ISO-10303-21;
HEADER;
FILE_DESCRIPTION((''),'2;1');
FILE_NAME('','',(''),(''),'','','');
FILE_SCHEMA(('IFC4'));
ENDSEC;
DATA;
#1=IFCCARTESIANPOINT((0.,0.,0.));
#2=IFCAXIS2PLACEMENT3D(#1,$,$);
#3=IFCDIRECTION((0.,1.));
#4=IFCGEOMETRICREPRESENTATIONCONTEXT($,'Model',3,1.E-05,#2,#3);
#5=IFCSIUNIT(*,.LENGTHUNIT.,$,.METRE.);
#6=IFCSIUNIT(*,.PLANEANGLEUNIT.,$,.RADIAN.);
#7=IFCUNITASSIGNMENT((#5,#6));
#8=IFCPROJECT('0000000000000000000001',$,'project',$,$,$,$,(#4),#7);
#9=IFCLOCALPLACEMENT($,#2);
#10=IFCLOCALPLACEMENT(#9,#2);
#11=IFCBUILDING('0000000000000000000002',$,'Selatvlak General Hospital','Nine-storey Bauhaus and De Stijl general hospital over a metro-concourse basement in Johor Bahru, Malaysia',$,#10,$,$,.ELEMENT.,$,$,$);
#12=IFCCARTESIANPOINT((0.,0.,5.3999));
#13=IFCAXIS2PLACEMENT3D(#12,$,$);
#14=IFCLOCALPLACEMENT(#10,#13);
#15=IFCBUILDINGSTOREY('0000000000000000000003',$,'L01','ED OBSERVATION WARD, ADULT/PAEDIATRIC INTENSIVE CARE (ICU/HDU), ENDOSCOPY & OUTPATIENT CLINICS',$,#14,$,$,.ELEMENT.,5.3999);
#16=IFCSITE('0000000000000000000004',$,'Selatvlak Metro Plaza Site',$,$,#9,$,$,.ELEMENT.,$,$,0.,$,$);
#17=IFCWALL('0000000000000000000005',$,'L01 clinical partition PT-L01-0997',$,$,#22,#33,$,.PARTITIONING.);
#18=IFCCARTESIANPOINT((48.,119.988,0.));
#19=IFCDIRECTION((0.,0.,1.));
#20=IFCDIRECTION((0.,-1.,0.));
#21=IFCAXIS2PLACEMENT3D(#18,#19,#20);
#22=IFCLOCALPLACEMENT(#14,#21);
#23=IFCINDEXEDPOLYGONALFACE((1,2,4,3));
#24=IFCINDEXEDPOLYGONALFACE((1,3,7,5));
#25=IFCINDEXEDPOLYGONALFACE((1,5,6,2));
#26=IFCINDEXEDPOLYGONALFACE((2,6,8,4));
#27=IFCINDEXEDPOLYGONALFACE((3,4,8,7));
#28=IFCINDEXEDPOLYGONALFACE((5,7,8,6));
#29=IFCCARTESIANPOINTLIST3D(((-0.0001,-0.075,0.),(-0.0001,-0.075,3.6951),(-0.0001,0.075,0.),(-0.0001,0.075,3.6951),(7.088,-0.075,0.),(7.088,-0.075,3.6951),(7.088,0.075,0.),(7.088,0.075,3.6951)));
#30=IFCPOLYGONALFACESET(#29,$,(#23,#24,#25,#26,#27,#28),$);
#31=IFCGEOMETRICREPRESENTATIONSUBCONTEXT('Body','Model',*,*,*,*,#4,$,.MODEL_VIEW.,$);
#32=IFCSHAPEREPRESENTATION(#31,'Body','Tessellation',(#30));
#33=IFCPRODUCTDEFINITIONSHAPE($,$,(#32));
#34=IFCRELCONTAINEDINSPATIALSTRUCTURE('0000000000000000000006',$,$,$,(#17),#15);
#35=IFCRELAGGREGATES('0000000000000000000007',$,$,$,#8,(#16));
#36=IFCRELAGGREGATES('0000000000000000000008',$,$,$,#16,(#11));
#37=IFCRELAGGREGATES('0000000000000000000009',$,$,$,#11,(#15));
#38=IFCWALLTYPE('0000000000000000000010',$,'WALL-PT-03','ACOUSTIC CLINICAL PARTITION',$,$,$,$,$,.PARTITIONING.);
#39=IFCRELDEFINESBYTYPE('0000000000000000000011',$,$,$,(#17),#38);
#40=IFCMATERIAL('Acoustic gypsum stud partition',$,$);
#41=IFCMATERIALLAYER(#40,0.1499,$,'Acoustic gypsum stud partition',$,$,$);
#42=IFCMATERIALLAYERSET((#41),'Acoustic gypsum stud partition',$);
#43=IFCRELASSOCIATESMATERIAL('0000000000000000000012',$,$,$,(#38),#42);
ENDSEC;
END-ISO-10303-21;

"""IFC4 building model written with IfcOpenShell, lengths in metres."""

from ifc_helpers import new_model, si_unit, direction, frame, frame_2d, origin, place, context, subcontext, project, spatial, rectangle, extrude, material, layer, layer_set, type_object, element, save


model = new_model("IFC4")

# Units and contexts
model_context = context("Model", 3, precision=1e-05, world=origin(), true_north=direction((0.0, 1.0)))
body_context = subcontext(model_context, "Body", "Model", "MODEL_VIEW")
ifc_project = project(units=[si_unit("LENGTHUNIT", "METRE"), si_unit("PLANEANGLEUNIT", "RADIAN")], contexts=[model_context])

# Site, building, storey
site_placement = place(None, origin())
site = spatial("IfcSite", under=ifc_project, at=site_placement, Name="Selatvlak Metro Plaza Site", CompositionType="ELEMENT", RefElevation=0.0)
building_placement = place(site_placement, origin())
building = spatial("IfcBuilding", under=site, at=building_placement, Name="Selatvlak General Hospital", Description="Nine-storey Bauhaus and De Stijl general hospital over a metro-concourse basement in Johor Bahru, Malaysia", CompositionType="ELEMENT")
storey_placement = place(building_placement, frame((0.0, 0.0, 5.3999)))
storey = spatial("IfcBuildingStorey", under=building, at=storey_placement, Name="L01", Description="ED OBSERVATION WARD, ADULT/PAEDIATRIC INTENSIVE CARE (ICU/HDU), ENDOSCOPY & OUTPATIENT CLINICS", CompositionType="ELEMENT", Elevation=5.3999)

# Wall
ifc_material_1 = material(Name="Acoustic gypsum stud partition")
ifc_layer_1 = layer(ifc_material_1, 0.1499, Name="Acoustic gypsum stud partition")
ifc_layer_set_1 = layer_set([ifc_layer_1], Name="Acoustic gypsum stud partition")
wall_type_1 = type_object("IfcWallType", Name="WALL-PT-03", Description="ACOUSTIC CLINICAL PARTITION", PredefinedType="PARTITIONING", material=ifc_layer_set_1)
wall_1_placement = place(storey_placement, frame((48.0, 119.988, 0.0), z_axis=(0.0, 0.0, 1.0), x_axis=(0.0, -1.0, 0.0)))
element("IfcWall", 1, at=wall_1_placement, inside=storey, type_object=wall_type_1, Name="L01 clinical partition PT-L01-0997", PredefinedType="PARTITIONING", context=body_context, shape_type="SweptSolid", body=[
    extrude(rectangle(XDim=7.0881, YDim=0.1499, at=frame_2d((3.5439, 0.0))), origin(), (0.0, 0.0, 1.0), 3.6951),
])

save(model, "model.ifc")
